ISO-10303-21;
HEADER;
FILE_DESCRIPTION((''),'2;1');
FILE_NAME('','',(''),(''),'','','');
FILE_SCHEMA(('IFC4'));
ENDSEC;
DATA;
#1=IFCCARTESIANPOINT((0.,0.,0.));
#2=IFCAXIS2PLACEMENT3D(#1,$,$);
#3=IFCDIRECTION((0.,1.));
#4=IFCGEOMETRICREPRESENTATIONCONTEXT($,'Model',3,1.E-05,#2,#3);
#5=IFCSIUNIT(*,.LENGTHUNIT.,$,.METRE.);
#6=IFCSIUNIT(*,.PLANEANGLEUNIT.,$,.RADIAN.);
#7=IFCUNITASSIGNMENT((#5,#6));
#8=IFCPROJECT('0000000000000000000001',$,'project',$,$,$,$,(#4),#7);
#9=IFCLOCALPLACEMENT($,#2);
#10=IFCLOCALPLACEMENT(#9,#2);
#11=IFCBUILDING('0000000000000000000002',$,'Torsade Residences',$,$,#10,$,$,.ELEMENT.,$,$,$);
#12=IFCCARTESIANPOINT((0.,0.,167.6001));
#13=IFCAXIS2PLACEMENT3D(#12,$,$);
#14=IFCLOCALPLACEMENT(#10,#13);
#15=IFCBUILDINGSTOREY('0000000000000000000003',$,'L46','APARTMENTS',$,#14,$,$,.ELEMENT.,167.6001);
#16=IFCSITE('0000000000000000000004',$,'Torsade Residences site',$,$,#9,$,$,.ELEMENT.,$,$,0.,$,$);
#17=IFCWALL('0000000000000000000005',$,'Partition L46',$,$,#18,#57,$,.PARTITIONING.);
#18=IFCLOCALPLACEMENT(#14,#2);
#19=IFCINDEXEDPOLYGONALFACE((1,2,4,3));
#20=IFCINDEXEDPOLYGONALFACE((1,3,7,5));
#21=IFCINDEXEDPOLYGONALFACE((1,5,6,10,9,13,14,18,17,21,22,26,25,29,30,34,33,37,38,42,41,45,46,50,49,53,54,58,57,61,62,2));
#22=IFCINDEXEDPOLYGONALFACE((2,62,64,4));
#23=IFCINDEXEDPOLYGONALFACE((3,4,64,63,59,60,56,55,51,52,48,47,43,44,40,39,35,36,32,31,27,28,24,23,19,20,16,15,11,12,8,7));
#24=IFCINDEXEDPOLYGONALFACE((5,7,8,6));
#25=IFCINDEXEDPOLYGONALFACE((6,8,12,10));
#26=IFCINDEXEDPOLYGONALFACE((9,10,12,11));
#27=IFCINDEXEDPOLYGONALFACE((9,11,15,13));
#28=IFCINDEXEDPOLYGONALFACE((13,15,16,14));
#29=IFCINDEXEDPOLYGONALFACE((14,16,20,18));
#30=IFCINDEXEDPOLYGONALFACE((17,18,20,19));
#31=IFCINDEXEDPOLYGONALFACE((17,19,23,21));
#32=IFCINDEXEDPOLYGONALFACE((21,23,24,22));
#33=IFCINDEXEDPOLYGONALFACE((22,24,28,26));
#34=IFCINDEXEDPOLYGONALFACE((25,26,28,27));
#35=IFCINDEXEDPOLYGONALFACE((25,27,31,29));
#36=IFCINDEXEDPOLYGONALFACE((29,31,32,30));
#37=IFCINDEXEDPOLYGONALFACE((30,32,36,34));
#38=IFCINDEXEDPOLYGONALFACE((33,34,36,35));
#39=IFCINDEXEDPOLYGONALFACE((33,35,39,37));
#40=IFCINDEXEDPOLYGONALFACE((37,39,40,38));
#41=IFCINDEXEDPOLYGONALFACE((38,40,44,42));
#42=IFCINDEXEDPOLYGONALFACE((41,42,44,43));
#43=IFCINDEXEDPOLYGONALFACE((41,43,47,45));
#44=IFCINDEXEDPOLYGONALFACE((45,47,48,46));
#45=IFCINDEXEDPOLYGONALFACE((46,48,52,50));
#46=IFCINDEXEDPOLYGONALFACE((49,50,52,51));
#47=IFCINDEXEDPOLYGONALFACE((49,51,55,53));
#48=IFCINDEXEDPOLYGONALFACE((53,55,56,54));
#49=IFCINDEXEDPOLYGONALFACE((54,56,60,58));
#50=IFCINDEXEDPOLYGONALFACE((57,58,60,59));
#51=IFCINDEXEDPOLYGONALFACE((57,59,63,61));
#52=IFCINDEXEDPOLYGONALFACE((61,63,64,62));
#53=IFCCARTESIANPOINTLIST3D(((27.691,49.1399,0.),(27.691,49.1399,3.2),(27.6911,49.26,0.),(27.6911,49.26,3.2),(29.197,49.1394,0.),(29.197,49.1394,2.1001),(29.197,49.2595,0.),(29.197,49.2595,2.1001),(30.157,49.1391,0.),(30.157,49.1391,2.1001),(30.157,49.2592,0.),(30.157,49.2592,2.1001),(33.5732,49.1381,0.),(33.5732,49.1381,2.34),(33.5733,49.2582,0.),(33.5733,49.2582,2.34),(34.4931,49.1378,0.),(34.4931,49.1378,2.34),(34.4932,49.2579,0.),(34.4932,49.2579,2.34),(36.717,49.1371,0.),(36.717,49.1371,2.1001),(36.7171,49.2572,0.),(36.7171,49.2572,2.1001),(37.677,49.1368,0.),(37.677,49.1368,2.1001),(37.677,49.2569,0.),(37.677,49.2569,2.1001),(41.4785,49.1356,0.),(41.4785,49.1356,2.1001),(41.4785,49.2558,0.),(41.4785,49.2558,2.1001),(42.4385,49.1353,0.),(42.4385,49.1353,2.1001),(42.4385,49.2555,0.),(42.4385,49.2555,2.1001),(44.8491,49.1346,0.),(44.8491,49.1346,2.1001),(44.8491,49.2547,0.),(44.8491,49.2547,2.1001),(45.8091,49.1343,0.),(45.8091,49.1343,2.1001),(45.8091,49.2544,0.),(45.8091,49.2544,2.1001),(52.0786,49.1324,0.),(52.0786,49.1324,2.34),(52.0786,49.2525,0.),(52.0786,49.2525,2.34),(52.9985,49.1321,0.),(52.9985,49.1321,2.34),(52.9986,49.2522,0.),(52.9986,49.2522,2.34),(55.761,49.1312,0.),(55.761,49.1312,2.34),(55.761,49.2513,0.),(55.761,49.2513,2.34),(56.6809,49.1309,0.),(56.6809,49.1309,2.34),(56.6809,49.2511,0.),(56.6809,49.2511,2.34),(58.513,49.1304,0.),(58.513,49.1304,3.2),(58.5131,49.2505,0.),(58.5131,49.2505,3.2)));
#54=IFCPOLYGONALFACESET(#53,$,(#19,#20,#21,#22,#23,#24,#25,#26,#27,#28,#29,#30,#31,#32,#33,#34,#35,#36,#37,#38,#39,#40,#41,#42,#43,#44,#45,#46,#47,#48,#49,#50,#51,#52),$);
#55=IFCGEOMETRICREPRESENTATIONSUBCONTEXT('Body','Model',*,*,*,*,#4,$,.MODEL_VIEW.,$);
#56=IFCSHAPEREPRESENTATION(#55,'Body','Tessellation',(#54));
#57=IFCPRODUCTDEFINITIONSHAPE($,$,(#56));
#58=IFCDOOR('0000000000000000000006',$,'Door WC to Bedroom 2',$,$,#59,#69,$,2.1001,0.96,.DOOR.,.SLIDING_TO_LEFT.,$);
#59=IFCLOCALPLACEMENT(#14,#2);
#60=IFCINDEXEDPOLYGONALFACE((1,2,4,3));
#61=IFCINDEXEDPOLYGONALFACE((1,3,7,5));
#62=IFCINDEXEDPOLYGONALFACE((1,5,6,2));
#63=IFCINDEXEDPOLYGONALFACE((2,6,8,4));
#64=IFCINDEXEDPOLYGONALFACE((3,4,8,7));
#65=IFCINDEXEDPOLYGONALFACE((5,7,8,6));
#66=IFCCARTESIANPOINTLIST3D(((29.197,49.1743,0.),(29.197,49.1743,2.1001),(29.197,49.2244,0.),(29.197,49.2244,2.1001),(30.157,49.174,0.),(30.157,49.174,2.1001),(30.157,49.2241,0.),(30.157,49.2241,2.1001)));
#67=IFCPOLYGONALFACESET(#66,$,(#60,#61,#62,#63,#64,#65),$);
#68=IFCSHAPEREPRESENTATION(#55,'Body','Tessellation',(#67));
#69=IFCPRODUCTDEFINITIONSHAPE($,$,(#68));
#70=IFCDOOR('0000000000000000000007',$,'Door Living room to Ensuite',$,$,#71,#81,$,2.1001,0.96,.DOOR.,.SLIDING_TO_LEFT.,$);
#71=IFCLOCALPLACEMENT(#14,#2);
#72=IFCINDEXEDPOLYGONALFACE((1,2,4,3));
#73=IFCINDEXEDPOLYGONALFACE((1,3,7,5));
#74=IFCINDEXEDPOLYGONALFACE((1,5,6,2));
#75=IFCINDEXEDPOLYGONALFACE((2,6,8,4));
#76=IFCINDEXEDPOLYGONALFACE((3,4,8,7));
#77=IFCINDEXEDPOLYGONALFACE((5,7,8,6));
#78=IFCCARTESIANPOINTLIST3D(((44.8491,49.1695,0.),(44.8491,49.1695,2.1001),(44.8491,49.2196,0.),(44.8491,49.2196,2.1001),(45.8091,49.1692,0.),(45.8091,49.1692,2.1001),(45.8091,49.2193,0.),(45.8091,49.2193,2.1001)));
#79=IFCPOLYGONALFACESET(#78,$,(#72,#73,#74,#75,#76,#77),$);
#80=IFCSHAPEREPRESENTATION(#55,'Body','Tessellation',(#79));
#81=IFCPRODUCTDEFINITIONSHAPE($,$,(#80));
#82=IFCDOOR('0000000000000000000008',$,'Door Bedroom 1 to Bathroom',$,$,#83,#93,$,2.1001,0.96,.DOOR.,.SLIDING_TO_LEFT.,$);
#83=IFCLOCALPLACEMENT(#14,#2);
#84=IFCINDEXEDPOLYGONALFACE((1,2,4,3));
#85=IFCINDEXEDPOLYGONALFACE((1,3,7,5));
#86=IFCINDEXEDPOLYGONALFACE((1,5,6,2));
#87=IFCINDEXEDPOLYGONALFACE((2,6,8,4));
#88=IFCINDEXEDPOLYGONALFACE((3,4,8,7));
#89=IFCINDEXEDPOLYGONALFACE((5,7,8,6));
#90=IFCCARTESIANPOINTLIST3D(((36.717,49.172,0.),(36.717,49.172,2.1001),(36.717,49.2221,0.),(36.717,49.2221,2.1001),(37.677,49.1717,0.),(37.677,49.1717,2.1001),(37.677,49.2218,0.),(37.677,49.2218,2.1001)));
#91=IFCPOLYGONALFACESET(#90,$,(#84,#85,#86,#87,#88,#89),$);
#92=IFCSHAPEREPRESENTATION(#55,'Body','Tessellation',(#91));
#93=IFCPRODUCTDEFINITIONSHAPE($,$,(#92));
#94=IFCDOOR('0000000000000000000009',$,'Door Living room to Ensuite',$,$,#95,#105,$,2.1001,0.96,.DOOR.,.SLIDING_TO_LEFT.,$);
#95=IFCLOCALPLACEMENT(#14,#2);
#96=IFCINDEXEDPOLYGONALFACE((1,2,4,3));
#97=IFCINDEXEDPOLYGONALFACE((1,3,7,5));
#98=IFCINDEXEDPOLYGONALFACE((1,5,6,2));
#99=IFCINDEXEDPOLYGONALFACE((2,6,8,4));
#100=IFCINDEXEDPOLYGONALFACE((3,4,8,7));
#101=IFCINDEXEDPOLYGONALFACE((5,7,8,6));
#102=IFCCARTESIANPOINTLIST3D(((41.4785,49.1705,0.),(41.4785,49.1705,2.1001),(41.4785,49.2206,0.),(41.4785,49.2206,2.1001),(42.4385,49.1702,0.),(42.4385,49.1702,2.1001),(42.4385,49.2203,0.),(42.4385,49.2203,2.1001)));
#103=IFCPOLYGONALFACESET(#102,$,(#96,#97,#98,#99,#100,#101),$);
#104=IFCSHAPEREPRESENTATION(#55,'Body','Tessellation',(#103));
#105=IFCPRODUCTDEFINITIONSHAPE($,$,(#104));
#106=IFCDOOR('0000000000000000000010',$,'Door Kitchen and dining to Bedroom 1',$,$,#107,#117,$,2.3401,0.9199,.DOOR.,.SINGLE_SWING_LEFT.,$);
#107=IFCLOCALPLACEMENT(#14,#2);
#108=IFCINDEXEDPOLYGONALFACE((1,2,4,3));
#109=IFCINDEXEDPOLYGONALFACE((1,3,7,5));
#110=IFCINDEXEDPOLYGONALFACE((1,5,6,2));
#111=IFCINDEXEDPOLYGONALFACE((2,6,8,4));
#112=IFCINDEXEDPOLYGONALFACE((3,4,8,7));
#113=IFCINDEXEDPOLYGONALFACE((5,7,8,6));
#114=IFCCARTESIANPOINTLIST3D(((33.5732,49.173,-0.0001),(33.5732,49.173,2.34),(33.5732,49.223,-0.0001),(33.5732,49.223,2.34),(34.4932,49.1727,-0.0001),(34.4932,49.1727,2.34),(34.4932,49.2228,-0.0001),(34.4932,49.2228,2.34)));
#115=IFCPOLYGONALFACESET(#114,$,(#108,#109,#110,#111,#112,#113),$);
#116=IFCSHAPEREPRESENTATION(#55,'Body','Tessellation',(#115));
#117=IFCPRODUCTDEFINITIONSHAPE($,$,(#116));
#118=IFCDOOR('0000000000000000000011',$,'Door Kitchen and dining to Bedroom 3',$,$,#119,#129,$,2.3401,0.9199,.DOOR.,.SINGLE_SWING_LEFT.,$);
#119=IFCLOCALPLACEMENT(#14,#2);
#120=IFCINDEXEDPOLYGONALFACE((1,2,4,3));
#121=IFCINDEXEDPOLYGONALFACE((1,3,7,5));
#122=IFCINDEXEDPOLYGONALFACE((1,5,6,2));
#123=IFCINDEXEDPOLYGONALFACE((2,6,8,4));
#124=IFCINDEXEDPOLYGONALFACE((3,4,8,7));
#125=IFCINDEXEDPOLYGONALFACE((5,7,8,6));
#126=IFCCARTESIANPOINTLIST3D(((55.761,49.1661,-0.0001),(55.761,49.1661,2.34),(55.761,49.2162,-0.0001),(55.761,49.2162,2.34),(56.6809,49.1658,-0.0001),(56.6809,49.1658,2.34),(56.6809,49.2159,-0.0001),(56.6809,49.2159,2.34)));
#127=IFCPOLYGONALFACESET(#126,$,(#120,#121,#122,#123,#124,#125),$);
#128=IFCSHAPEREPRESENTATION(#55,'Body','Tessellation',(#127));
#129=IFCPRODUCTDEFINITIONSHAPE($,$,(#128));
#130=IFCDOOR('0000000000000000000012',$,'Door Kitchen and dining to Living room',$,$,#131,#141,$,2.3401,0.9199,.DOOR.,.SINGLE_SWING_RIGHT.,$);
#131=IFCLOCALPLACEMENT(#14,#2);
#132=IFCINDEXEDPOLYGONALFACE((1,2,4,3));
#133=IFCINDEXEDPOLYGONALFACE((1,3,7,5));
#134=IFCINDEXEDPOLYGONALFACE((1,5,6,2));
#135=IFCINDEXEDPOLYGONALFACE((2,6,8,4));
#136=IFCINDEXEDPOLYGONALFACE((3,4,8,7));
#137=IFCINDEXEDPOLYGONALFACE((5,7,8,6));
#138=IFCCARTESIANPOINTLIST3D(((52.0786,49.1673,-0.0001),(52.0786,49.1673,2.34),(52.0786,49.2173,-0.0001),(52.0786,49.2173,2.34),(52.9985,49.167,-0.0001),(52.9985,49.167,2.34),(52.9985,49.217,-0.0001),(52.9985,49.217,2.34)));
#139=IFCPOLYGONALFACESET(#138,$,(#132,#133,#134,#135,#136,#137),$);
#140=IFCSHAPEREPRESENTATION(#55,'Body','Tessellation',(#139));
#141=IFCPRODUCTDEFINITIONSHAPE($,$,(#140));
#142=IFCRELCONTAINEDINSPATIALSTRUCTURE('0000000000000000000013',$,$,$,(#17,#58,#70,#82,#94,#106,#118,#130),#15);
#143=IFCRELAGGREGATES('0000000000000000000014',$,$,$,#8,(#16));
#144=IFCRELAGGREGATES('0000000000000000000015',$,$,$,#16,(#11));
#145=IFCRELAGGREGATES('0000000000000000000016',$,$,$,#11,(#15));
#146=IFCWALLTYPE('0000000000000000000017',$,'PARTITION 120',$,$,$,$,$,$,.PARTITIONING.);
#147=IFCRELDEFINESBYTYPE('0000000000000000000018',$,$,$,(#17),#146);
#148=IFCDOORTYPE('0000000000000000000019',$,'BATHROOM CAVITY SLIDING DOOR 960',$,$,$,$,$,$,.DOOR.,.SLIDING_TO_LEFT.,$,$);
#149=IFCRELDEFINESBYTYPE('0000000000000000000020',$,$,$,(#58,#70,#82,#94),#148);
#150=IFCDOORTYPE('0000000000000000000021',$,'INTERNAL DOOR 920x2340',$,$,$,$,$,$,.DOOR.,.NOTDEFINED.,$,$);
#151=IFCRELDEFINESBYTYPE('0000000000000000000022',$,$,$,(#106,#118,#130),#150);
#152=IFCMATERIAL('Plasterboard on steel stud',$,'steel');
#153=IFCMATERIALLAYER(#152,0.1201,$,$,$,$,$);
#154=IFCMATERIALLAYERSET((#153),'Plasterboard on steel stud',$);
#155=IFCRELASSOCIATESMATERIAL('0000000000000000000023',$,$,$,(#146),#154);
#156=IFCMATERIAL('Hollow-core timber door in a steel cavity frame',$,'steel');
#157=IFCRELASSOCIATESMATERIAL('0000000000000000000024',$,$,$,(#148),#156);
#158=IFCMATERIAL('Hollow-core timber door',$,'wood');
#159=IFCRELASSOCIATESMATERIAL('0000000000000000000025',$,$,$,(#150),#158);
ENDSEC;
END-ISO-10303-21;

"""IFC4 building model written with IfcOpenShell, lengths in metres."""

from ifc_helpers import new_model, si_unit, direction, frame, frame_2d, origin, place, context, subcontext, project, spatial, rectangle, extrude, material, layer, layer_set, type_object, element, fill, save


model = new_model("IFC4")

# Units and contexts
model_context = context("Model", 3, precision=1e-05, world=origin(), true_north=direction((0.0, 1.0)))
body_context = subcontext(model_context, "Body", "Model", "MODEL_VIEW")
ifc_project = project(units=[si_unit("LENGTHUNIT", "METRE"), si_unit("PLANEANGLEUNIT", "RADIAN")], contexts=[model_context])

# Site, building, storey
site_placement = place(None, origin())
site = spatial("IfcSite", under=ifc_project, at=site_placement, Name="Torsade Residences site", CompositionType="ELEMENT", RefElevation=0.0)
building_placement = place(site_placement, origin())
building = spatial("IfcBuilding", under=site, at=building_placement, Name="Torsade Residences", CompositionType="ELEMENT")
storey_placement = place(building_placement, frame((0.0, 0.0, 167.6001)))
storey = spatial("IfcBuildingStorey", under=building, at=storey_placement, Name="L46", Description="APARTMENTS", CompositionType="ELEMENT", Elevation=167.6001)

# Wall, openings, doors
ifc_material_1 = material(Name="Plasterboard on steel stud", Category="steel")
ifc_layer_1 = layer(ifc_material_1, 0.1201)
ifc_layer_set_1 = layer_set([ifc_layer_1], Name="Plasterboard on steel stud")
wall_type_1 = type_object("IfcWallType", Name="PARTITION 120", PredefinedType="PARTITIONING", material=ifc_layer_set_1)
wall_1_placement = place(storey_placement, frame((27.6909, 49.2, 0.0), z_axis=(0.0, 0.0, 1.0), x_axis=(1.0, -0.000309, 0.0)))
wall_1 = element("IfcWall", 1, at=wall_1_placement, inside=storey, type_object=wall_type_1, Name="Partition L46", PredefinedType="PARTITIONING", context=body_context, shape_type="SweptSolid", body=[
    extrude(rectangle(XDim=30.822, YDim=0.1201, at=frame_2d((15.4111, 0.0))), origin(), (0.0, 0.0, 1.0), 3.2),
])
opening_1_placement = place(wall_1_placement, frame((5.8823, 0.0, 0.0)))
opening_1 = element("IfcOpeningElement", 2, at=opening_1_placement, cuts=wall_1, PredefinedType="OPENING", context=body_context, shape_type="SweptSolid", body=[
    extrude(rectangle(XDim=0.9199, YDim=2.3401, at=frame_2d((0.46, 1.1699))), frame((0.0, 0.0701, 0.0), z_axis=(0.0, -1.0, 0.0), x_axis=(1.0, 0.0, 0.0)), (0.0, 0.0, 1.0), 0.1401),
])
opening_2_placement = place(wall_1_placement, frame((28.0701, 0.0, 0.0)))
opening_2 = element("IfcOpeningElement", 3, at=opening_2_placement, cuts=wall_1, PredefinedType="OPENING", context=body_context, shape_type="SweptSolid", body=[
    extrude(rectangle(XDim=0.9199, YDim=2.3401, at=frame_2d((0.46, 1.1699))), frame((0.0, 0.0701, 0.0), z_axis=(0.0, -1.0, 0.0), x_axis=(1.0, 0.0, 0.0)), (0.0, 0.0, 1.0), 0.1401),
])
opening_3_placement = place(wall_1_placement, frame((24.3877, 0.0, 0.0)))
opening_3 = element("IfcOpeningElement", 4, at=opening_3_placement, cuts=wall_1, PredefinedType="OPENING", context=body_context, shape_type="SweptSolid", body=[
    extrude(rectangle(XDim=0.9199, YDim=2.3401, at=frame_2d((0.46, 1.1699))), frame((0.0, 0.0701, 0.0), z_axis=(0.0, -1.0, 0.0), x_axis=(1.0, 0.0, 0.0)), (0.0, 0.0, 1.0), 0.1401),
])
opening_4_placement = place(wall_1_placement, frame((1.5061, 0.0, 0.0)))
opening_4 = element("IfcOpeningElement", 5, at=opening_4_placement, cuts=wall_1, PredefinedType="OPENING", context=body_context, shape_type="SweptSolid", body=[
    extrude(rectangle(XDim=0.96, YDim=2.1001, at=frame_2d((0.48, 1.05))), frame((0.0, 0.0701, 0.0), z_axis=(0.0, -1.0, 0.0), x_axis=(1.0, 0.0, 0.0)), (0.0, 0.0, 1.0), 0.1401),
])
opening_5_placement = place(wall_1_placement, frame((17.1582, 0.0, 0.0)))
opening_5 = element("IfcOpeningElement", 6, at=opening_5_placement, cuts=wall_1, PredefinedType="OPENING", context=body_context, shape_type="SweptSolid", body=[
    extrude(rectangle(XDim=0.96, YDim=2.1001, at=frame_2d((0.48, 1.05))), frame((0.0, 0.0701, 0.0), z_axis=(0.0, -1.0, 0.0), x_axis=(1.0, 0.0, 0.0)), (0.0, 0.0, 1.0), 0.1401),
])
opening_6_placement = place(wall_1_placement, frame((9.0261, 0.0, 0.0)))
opening_6 = element("IfcOpeningElement", 7, at=opening_6_placement, cuts=wall_1, PredefinedType="OPENING", context=body_context, shape_type="SweptSolid", body=[
    extrude(rectangle(XDim=0.96, YDim=2.1001, at=frame_2d((0.48, 1.05))), frame((0.0, 0.0701, 0.0), z_axis=(0.0, -1.0, 0.0), x_axis=(1.0, 0.0, 0.0)), (0.0, 0.0, 1.0), 0.1401),
])
opening_7_placement = place(wall_1_placement, frame((13.7876, 0.0, 0.0)))
opening_7 = element("IfcOpeningElement", 8, at=opening_7_placement, cuts=wall_1, PredefinedType="OPENING", context=body_context, shape_type="SweptSolid", body=[
    extrude(rectangle(XDim=0.96, YDim=2.1001, at=frame_2d((0.48, 1.05))), frame((0.0, 0.0701, 0.0), z_axis=(0.0, -1.0, 0.0), x_axis=(1.0, 0.0, 0.0)), (0.0, 0.0, 1.0), 0.1401),
])
ifc_material_2 = material(Name="Hollow-core timber door in a steel cavity frame", Category="steel")
door_type_1 = type_object("IfcDoorType", Name="BATHROOM CAVITY SLIDING DOOR 960", OperationType="SLIDING_TO_LEFT", PredefinedType="DOOR", material=ifc_material_2)
door_1_placement = place(opening_4_placement, origin())
door_1 = element("IfcDoor", 9, at=door_1_placement, inside=storey, type_object=door_type_1, Name="Door WC to Bedroom 2", OperationType="SLIDING_TO_LEFT", OverallHeight=2.1001, OverallWidth=0.96, PredefinedType="DOOR", context=body_context, shape_type="SweptSolid", body=[
    extrude(rectangle(XDim=0.96, YDim=2.1001, at=frame_2d((0.48, 1.05))), frame((0.0, 0.0249, 0.0), z_axis=(0.0, -1.0, 0.0), x_axis=(1.0, 0.0, 0.0)), (0.0, 0.0, 1.0), 0.05),
])
fill(opening_4, door_1)
door_2_placement = place(opening_5_placement, origin())
door_2 = element("IfcDoor", 10, at=door_2_placement, inside=storey, type_object=door_type_1, Name="Door Living room to Ensuite", OperationType="SLIDING_TO_LEFT", OverallHeight=2.1001, OverallWidth=0.96, PredefinedType="DOOR", context=body_context, shape_type="SweptSolid", body=[
    extrude(rectangle(XDim=0.96, YDim=2.1001, at=frame_2d((0.48, 1.05))), frame((0.0, 0.0249, 0.0), z_axis=(0.0, -1.0, 0.0), x_axis=(1.0, 0.0, 0.0)), (0.0, 0.0, 1.0), 0.05),
])
fill(opening_5, door_2)
door_3_placement = place(opening_6_placement, origin())
door_3 = element("IfcDoor", 11, at=door_3_placement, inside=storey, type_object=door_type_1, Name="Door Bedroom 1 to Bathroom", OperationType="SLIDING_TO_LEFT", OverallHeight=2.1001, OverallWidth=0.96, PredefinedType="DOOR", context=body_context, shape_type="SweptSolid", body=[
    extrude(rectangle(XDim=0.96, YDim=2.1001, at=frame_2d((0.48, 1.05))), frame((0.0, 0.0249, 0.0), z_axis=(0.0, -1.0, 0.0), x_axis=(1.0, 0.0, 0.0)), (0.0, 0.0, 1.0), 0.05),
])
fill(opening_6, door_3)
door_4_placement = place(opening_7_placement, origin())
door_4 = element("IfcDoor", 12, at=door_4_placement, inside=storey, type_object=door_type_1, Name="Door Living room to Ensuite", OperationType="SLIDING_TO_LEFT", OverallHeight=2.1001, OverallWidth=0.96, PredefinedType="DOOR", context=body_context, shape_type="SweptSolid", body=[
    extrude(rectangle(XDim=0.96, YDim=2.1001, at=frame_2d((0.48, 1.05))), frame((0.0, 0.0249, 0.0), z_axis=(0.0, -1.0, 0.0), x_axis=(1.0, 0.0, 0.0)), (0.0, 0.0, 1.0), 0.05),
])
fill(opening_7, door_4)
ifc_material_3 = material(Name="Hollow-core timber door", Category="wood")
door_type_2 = type_object("IfcDoorType", Name="INTERNAL DOOR 920x2340", OperationType="NOTDEFINED", PredefinedType="DOOR", material=ifc_material_3)
door_5_placement = place(opening_1_placement, origin())
door_5 = element("IfcDoor", 13, at=door_5_placement, inside=storey, type_object=door_type_2, Name="Door Kitchen and dining to Bedroom 1", OperationType="SINGLE_SWING_LEFT", OverallHeight=2.3401, OverallWidth=0.9199, PredefinedType="DOOR", context=body_context, shape_type="SweptSolid", body=[
    extrude(rectangle(XDim=0.9199, YDim=2.3401, at=frame_2d((0.46, 1.1699))), frame((0.0, 0.0249, 0.0), z_axis=(0.0, -1.0, 0.0), x_axis=(1.0, 0.0, 0.0)), (0.0, 0.0, 1.0), 0.05),
])
fill(opening_1, door_5)
door_6_placement = place(opening_2_placement, origin())
door_6 = element("IfcDoor", 14, at=door_6_placement, inside=storey, type_object=door_type_2, Name="Door Kitchen and dining to Bedroom 3", OperationType="SINGLE_SWING_LEFT", OverallHeight=2.3401, OverallWidth=0.9199, PredefinedType="DOOR", context=body_context, shape_type="SweptSolid", body=[
    extrude(rectangle(XDim=0.9199, YDim=2.3401, at=frame_2d((0.46, 1.1699))), frame((0.0, 0.0249, 0.0), z_axis=(0.0, -1.0, 0.0), x_axis=(1.0, 0.0, 0.0)), (0.0, 0.0, 1.0), 0.05),
])
fill(opening_2, door_6)
door_7_placement = place(opening_3_placement, origin())
door_7 = element("IfcDoor", 15, at=door_7_placement, inside=storey, type_object=door_type_2, Name="Door Kitchen and dining to Living room", OperationType="SINGLE_SWING_RIGHT", OverallHeight=2.3401, OverallWidth=0.9199, PredefinedType="DOOR", context=body_context, shape_type="SweptSolid", body=[
    extrude(rectangle(XDim=0.9199, YDim=2.3401, at=frame_2d((0.46, 1.1699))), frame((0.0, 0.0249, 0.0), z_axis=(0.0, -1.0, 0.0), x_axis=(1.0, 0.0, 0.0)), (0.0, 0.0, 1.0), 0.05),
])
fill(opening_3, door_7)

save(model, "model.ifc")
